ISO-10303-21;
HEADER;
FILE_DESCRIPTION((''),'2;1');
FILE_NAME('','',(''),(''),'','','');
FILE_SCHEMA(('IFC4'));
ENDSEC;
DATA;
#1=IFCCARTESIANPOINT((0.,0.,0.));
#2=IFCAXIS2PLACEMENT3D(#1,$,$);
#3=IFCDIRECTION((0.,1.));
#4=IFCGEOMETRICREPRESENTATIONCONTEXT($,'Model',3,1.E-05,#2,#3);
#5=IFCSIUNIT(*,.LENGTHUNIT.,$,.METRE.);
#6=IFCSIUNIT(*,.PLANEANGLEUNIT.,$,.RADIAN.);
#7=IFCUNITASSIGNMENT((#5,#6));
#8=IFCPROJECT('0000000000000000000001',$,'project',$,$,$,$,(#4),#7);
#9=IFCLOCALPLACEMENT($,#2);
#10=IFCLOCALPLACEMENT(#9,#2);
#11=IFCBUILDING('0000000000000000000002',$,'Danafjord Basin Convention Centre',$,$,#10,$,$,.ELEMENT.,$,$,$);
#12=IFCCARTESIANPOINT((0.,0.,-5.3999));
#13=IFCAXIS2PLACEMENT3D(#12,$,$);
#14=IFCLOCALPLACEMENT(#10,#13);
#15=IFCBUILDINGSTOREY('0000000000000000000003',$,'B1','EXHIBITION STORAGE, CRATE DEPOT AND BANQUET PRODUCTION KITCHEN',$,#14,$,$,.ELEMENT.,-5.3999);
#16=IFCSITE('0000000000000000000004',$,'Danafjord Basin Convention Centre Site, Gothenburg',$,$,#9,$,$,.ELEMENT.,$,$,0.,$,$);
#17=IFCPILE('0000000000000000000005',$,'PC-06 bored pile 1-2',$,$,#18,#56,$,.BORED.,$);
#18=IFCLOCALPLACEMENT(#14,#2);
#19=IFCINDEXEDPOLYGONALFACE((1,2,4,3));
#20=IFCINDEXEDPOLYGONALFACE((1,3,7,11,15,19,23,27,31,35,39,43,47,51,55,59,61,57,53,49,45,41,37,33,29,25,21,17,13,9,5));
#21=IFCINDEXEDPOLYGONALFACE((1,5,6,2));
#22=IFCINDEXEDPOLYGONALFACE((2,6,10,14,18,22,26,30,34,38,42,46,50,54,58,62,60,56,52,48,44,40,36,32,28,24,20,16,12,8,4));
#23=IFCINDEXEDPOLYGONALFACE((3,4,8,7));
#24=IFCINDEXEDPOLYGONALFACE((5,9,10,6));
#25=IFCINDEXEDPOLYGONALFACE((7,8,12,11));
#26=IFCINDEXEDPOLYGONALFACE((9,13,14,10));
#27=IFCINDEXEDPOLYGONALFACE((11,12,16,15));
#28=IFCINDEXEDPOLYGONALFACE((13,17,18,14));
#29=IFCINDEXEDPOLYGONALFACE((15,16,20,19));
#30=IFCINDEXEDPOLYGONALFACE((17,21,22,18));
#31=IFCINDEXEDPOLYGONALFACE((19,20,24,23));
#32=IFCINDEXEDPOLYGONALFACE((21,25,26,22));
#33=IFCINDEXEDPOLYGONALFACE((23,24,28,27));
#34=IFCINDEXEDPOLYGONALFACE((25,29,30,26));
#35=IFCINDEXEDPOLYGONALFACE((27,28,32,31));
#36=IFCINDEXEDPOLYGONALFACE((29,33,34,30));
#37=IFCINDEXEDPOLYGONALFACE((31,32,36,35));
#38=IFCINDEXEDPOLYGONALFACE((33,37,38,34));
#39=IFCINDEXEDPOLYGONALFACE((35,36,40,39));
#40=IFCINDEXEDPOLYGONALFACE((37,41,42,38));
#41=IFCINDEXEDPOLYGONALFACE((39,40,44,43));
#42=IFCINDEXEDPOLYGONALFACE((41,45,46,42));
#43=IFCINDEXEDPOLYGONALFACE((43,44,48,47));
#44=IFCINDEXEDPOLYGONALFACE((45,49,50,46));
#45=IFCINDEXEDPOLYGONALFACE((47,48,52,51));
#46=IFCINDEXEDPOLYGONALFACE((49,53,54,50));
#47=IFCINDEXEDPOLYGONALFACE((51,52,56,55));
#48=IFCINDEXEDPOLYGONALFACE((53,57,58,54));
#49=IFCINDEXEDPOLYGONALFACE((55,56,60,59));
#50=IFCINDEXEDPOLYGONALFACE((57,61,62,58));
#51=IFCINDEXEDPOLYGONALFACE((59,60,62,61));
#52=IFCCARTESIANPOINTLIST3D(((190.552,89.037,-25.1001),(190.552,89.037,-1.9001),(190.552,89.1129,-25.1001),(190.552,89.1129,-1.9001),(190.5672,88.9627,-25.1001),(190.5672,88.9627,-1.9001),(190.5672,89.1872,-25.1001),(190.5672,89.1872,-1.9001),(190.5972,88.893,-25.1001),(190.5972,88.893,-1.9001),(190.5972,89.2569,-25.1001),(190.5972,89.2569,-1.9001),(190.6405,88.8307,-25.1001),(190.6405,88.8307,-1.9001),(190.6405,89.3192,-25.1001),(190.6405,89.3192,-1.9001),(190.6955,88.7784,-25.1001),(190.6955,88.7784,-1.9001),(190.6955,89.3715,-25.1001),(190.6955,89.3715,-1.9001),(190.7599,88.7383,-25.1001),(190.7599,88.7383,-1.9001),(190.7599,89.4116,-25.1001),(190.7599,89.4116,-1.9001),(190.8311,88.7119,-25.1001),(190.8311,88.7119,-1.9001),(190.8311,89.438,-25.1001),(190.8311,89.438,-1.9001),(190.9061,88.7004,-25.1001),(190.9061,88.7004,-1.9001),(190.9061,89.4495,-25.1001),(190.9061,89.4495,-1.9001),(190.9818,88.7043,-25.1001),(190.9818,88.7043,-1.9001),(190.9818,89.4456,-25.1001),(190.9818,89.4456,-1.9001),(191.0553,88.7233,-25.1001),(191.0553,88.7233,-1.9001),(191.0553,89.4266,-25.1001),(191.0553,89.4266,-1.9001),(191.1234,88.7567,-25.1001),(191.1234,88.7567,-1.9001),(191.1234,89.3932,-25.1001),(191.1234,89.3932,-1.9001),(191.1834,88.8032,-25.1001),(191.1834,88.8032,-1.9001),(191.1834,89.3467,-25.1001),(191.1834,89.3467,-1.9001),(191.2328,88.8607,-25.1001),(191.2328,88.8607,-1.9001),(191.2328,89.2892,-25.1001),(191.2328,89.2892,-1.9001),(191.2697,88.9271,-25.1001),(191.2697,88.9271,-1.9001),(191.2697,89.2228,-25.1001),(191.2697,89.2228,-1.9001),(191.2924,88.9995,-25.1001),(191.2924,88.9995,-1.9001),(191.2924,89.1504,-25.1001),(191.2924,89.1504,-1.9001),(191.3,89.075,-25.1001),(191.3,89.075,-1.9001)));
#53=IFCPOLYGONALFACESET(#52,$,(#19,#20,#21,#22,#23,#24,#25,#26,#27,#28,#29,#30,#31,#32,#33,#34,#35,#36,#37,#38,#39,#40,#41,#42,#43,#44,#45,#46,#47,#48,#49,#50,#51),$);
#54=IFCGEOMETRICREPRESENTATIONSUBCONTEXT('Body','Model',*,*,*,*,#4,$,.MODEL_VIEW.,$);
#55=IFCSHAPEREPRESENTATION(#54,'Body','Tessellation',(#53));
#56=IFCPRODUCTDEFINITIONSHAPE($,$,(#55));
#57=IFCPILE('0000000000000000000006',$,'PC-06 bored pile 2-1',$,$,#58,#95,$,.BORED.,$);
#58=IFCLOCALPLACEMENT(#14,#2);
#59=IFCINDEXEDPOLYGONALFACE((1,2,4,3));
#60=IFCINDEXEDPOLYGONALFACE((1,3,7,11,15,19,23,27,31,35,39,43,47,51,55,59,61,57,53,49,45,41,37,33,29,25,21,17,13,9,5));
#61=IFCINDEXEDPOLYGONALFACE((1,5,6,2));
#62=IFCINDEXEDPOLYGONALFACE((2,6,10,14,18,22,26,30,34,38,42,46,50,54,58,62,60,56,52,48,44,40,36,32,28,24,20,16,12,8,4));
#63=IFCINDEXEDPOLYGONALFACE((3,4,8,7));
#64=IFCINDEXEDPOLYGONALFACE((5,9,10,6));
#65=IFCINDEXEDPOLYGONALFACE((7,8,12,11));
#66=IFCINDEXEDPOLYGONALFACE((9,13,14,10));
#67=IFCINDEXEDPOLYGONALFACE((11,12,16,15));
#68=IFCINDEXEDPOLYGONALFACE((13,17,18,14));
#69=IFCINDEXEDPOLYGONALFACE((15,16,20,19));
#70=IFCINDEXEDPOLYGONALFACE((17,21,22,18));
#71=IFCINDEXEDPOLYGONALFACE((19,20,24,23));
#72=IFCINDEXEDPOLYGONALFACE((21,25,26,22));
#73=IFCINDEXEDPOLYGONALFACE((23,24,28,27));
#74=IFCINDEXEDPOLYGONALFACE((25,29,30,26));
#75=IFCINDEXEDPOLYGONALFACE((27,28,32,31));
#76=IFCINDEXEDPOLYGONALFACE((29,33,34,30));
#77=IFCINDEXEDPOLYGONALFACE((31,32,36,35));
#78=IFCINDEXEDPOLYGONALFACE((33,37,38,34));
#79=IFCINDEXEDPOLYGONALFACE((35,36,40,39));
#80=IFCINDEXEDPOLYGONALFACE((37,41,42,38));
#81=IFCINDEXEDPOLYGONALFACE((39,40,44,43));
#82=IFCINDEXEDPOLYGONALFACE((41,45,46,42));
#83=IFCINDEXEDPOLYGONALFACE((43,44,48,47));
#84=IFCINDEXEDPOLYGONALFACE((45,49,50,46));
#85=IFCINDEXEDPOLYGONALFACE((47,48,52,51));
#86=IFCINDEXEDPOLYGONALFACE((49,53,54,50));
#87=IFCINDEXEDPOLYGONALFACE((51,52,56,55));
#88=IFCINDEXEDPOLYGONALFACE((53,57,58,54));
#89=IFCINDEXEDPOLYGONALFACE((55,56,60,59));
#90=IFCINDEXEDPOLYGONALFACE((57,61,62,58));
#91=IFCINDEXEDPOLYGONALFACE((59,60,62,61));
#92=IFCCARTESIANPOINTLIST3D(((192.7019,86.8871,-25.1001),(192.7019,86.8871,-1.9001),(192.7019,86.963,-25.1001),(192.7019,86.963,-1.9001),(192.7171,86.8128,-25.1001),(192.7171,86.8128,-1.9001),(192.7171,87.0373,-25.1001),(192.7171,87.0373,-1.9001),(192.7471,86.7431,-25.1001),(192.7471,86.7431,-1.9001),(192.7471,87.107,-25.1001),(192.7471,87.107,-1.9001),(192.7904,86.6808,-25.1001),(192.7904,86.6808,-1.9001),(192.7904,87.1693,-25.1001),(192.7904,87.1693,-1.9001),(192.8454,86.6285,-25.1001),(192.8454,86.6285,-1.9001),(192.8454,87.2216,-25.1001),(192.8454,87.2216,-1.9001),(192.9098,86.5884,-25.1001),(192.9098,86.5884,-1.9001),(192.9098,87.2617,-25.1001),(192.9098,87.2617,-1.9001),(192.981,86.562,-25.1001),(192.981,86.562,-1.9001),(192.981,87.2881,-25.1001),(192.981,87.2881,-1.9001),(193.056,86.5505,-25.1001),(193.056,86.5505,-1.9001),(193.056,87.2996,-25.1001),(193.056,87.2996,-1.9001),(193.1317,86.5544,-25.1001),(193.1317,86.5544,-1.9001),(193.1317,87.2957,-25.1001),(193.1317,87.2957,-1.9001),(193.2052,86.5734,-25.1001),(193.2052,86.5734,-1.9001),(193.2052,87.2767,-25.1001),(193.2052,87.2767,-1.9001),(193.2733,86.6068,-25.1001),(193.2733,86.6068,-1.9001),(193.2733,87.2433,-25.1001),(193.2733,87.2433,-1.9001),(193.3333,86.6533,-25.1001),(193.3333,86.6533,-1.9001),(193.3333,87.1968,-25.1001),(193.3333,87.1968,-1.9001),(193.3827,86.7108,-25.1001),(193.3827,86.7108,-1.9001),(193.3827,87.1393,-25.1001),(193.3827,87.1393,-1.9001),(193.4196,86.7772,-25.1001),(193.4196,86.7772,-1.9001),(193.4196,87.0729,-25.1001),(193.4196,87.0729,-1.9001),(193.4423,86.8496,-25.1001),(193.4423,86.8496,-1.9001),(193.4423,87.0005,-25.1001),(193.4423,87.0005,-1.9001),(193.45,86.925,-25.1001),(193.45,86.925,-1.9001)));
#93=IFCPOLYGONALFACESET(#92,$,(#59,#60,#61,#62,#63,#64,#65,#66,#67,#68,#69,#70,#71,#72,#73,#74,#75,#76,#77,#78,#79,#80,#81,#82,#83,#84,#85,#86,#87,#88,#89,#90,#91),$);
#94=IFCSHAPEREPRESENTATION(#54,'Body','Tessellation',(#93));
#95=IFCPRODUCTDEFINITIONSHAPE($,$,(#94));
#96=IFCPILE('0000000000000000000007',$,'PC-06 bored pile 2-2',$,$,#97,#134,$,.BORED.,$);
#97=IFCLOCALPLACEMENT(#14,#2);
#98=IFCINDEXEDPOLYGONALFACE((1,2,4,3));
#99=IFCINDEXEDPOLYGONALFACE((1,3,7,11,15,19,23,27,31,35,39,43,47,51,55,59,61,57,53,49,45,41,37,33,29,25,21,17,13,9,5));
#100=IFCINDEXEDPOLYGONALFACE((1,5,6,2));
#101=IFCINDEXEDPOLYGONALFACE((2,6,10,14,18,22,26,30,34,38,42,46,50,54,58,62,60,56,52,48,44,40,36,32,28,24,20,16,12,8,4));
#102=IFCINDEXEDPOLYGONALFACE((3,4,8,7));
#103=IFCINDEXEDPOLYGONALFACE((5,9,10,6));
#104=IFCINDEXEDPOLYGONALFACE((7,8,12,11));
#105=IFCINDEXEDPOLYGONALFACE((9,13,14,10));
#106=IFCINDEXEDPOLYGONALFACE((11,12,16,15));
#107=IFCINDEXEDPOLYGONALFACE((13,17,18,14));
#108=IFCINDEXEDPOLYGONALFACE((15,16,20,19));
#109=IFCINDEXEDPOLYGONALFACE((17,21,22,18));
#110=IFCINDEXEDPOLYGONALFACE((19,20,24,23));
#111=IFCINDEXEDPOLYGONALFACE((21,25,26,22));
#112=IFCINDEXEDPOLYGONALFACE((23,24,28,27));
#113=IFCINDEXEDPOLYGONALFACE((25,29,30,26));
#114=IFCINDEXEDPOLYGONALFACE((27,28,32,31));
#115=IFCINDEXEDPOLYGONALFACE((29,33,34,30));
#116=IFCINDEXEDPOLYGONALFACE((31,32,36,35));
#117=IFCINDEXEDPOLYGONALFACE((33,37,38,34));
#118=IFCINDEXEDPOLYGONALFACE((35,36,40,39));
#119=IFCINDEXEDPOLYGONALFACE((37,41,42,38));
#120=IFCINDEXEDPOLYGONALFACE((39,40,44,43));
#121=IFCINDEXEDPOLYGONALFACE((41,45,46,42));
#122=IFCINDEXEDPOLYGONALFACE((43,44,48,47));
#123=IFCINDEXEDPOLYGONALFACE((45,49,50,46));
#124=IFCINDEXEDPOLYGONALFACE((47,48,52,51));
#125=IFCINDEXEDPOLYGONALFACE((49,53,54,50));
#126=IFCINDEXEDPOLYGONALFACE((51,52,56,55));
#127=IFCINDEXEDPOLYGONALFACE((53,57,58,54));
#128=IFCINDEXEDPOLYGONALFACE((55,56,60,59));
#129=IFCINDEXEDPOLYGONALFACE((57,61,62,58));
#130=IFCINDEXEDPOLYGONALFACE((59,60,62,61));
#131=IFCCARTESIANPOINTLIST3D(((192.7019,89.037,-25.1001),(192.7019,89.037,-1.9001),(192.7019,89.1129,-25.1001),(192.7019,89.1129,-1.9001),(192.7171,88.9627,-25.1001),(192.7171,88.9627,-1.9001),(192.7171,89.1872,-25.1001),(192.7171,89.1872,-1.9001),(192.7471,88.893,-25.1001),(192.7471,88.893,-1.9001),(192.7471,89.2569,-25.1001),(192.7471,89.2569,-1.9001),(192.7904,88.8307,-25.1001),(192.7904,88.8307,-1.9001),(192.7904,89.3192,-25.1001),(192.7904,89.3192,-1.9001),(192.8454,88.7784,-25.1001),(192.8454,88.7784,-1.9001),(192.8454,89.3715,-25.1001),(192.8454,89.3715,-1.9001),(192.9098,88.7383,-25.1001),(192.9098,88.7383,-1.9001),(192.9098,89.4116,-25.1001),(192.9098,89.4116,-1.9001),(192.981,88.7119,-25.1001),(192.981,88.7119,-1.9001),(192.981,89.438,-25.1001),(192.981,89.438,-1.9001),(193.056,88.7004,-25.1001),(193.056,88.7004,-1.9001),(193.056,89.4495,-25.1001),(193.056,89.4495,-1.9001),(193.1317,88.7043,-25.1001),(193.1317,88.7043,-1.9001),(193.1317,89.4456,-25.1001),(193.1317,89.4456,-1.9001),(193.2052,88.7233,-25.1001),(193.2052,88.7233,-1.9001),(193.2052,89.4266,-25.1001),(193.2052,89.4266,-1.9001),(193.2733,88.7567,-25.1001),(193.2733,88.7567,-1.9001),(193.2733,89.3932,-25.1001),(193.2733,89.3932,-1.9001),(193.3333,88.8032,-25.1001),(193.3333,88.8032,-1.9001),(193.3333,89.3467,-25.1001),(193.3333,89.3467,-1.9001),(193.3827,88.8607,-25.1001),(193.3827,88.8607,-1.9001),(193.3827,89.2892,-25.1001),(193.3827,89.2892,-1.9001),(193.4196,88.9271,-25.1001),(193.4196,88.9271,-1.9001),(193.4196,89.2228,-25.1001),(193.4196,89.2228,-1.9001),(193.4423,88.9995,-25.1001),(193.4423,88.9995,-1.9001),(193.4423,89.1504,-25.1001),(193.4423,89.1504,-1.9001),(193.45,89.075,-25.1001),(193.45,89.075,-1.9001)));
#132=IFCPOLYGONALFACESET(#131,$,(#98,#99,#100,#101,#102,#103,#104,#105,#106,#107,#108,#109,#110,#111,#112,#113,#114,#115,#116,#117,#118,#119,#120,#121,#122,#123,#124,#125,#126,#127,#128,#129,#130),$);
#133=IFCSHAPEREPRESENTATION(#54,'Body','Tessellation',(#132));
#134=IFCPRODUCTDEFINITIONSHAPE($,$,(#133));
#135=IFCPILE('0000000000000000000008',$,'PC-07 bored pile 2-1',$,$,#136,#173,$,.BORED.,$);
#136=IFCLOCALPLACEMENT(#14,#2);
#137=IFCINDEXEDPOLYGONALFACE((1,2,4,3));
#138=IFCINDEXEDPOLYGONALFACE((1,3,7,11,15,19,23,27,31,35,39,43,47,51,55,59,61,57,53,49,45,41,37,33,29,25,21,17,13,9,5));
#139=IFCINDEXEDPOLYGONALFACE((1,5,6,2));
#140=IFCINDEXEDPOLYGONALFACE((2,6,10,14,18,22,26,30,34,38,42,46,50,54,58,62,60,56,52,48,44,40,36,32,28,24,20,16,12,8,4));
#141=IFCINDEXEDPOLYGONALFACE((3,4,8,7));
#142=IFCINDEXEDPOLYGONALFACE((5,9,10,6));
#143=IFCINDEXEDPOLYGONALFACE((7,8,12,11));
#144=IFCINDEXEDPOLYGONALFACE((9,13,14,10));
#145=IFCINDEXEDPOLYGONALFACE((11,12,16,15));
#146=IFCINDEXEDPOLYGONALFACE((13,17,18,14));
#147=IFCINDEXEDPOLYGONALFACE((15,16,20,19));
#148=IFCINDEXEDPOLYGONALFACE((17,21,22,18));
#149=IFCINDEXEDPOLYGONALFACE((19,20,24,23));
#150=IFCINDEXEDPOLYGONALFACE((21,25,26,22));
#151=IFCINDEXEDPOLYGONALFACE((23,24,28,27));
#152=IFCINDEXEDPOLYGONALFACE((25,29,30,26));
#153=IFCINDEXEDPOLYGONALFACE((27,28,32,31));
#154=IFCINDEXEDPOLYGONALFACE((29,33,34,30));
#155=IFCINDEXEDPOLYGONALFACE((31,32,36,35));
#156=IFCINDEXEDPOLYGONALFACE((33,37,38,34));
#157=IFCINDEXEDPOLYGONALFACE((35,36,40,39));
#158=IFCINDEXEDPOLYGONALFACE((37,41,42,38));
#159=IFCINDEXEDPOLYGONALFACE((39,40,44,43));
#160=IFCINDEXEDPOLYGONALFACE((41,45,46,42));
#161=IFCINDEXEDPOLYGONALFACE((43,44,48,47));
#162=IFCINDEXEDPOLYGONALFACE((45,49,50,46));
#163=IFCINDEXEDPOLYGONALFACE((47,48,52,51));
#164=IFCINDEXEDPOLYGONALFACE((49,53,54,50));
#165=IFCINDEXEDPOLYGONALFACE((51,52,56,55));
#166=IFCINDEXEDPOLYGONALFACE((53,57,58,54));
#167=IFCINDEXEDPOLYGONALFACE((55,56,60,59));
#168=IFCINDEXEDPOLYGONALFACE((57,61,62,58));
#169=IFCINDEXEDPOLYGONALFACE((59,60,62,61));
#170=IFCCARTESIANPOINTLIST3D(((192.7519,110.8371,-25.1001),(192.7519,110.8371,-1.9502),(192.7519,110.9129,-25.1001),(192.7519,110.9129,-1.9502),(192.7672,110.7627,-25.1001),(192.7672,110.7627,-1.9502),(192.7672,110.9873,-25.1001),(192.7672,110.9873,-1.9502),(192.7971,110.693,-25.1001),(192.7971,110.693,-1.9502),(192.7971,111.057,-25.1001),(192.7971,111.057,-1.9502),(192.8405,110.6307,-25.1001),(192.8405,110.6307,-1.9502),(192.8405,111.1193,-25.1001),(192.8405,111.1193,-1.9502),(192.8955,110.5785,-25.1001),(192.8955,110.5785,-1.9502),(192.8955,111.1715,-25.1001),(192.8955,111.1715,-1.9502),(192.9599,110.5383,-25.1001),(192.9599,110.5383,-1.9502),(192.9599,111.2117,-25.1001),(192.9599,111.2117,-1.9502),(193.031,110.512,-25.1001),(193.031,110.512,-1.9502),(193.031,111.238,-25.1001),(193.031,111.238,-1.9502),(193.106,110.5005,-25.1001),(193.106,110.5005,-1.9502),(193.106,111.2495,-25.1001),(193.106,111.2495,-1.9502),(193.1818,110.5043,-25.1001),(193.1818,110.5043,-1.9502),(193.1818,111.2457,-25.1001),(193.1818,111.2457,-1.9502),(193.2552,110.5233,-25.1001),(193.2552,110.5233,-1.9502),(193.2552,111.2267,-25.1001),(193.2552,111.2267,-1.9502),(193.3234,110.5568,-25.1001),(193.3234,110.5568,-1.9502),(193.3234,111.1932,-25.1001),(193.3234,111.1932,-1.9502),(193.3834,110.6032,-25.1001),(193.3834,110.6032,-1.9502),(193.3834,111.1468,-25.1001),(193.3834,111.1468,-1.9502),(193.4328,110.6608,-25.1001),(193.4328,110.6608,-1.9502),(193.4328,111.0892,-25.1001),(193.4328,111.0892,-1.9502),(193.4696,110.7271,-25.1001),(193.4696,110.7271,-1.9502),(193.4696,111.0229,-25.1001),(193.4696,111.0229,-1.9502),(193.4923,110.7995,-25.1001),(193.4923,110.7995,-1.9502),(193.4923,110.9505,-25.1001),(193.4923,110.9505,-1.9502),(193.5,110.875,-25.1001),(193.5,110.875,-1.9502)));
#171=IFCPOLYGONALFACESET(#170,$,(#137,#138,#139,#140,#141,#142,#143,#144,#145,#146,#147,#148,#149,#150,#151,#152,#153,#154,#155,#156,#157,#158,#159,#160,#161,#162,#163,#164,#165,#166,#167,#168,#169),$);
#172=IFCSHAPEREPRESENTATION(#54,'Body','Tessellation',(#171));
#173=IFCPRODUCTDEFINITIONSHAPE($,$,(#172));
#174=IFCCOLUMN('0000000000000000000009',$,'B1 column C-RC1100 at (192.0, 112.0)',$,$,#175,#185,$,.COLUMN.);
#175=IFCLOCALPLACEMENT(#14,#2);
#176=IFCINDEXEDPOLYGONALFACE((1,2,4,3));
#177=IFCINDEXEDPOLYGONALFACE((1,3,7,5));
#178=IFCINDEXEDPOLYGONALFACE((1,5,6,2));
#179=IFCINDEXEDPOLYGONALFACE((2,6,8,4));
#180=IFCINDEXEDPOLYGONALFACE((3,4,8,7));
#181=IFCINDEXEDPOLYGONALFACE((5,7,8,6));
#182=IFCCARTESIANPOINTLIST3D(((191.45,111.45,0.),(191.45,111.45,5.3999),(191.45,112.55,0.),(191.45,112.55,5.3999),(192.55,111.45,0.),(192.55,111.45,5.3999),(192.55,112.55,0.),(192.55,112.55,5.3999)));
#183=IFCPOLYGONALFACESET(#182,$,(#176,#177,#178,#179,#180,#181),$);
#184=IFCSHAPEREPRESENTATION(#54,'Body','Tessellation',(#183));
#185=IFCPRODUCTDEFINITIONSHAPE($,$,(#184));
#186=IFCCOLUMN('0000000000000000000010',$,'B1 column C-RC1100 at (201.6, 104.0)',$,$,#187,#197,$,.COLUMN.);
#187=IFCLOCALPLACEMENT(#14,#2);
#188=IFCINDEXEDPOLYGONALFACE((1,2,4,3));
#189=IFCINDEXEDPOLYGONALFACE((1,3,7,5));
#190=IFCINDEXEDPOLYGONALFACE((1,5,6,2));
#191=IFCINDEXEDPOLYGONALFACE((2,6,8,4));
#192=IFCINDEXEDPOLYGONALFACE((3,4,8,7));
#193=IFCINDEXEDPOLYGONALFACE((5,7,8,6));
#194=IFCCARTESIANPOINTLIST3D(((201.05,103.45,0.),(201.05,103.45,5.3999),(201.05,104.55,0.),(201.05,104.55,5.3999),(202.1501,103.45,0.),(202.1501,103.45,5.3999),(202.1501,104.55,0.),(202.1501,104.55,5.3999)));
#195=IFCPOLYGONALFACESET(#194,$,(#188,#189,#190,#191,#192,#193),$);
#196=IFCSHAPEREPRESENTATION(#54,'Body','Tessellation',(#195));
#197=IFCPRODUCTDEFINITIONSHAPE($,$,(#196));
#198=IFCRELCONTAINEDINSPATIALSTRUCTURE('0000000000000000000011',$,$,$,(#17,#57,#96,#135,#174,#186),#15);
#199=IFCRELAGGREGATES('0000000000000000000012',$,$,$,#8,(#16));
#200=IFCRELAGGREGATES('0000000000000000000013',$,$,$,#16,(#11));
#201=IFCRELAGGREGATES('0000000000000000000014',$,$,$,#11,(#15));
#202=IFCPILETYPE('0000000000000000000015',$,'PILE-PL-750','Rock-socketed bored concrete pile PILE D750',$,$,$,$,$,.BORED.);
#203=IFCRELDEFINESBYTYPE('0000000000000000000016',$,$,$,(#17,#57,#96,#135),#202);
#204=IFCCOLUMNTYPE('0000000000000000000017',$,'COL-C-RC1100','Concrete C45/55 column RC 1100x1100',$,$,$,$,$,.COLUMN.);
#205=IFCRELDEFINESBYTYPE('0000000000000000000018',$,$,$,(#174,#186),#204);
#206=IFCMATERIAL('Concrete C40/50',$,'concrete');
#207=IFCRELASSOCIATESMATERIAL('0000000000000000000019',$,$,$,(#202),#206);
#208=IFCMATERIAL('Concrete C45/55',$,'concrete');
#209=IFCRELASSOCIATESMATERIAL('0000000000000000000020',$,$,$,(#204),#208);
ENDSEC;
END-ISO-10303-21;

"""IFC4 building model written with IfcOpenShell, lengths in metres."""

from ifc_helpers import new_model, si_unit, direction, frame, origin, origin_2d, place, context, subcontext, project, spatial, rectangle, circle, extrude, material, material_profile, profile_set, type_object, element, save


model = new_model("IFC4")

# Units and contexts
model_context = context("Model", 3, precision=1e-05, world=origin(), true_north=direction((0.0, 1.0)))
body_context = subcontext(model_context, "Body", "Model", "MODEL_VIEW")
ifc_project = project(units=[si_unit("LENGTHUNIT", "METRE"), si_unit("PLANEANGLEUNIT", "RADIAN")], contexts=[model_context])

# Site, building, storey
site_placement = place(None, origin())
site = spatial("IfcSite", under=ifc_project, at=site_placement, Name="Danafjord Basin Convention Centre Site, Gothenburg", CompositionType="ELEMENT", RefElevation=0.0)
building_placement = place(site_placement, origin())
building = spatial("IfcBuilding", under=site, at=building_placement, Name="Danafjord Basin Convention Centre", CompositionType="ELEMENT")
storey_placement = place(building_placement, frame((0.0, 0.0, -5.3999)))
storey = spatial("IfcBuildingStorey", under=building, at=storey_placement, Name="B1", Description="EXHIBITION STORAGE, CRATE DEPOT AND BANQUET PRODUCTION KITCHEN", CompositionType="ELEMENT", Elevation=-5.3999)

# Shared definitions
ifc_material_1 = material(Name="Concrete C40/50", Category="concrete")

# Piles
ifc_material_profile_1 = material_profile(ifc_material_1, circle(Radius=0.375, at=origin_2d()), Name="PILE D750")
ifc_profile_set_1 = profile_set([ifc_material_profile_1], Name="Concrete C40/50")
pile_type_1 = type_object("IfcPileType", Name="PILE-PL-750", Description="Rock-socketed bored concrete pile PILE D750", PredefinedType="BORED", material=ifc_profile_set_1)
for number, where, z_axis, x_axis, name in (
    (1, (190.925, 89.075, -1.9001), (0.0, 0.0, -1.0), (1.0, 0.0, 0.0), "PC-06 bored pile 1-2"),
    (2, (193.075, 86.925, -1.9001), (0.0, 0.0, -1.0), (1.0, 0.0, 0.0), "PC-06 bored pile 2-1"),
    (3, (193.075, 89.075, -1.9001), (0.0, 0.0, -1.0), (1.0, 0.0, 0.0), "PC-06 bored pile 2-2"),
):
    element("IfcPile", number, at=place(storey_placement, frame(where, z_axis=z_axis, x_axis=x_axis)), inside=storey, type_object=pile_type_1, Name=name, PredefinedType="BORED", context=body_context, shape_type="SweptSolid", body=[
        extrude(circle(Radius=0.375, at=origin_2d()), origin(), (0.0, 0.0, 1.0), 23.2),
    ])
pile_placement = place(storey_placement, frame((193.125, 110.875, -1.9502), z_axis=(0.0, 0.0, -1.0), x_axis=(1.0, 0.0, 0.0)))
element("IfcPile", 4, at=pile_placement, inside=storey, type_object=pile_type_1, Name="PC-07 bored pile 2-1", PredefinedType="BORED", context=body_context, shape_type="SweptSolid", body=[
    extrude(circle(Radius=0.375, at=origin_2d()), origin(), (0.0, 0.0, 1.0), 23.1499),
])

# Columns
ifc_material_2 = material(Name="Concrete C45/55", Category="concrete")
ifc_material_profile_2 = material_profile(ifc_material_2, rectangle(XDim=1.1001, YDim=1.1001, at=origin_2d()), Name="RC 1100x1100")
ifc_profile_set_2 = profile_set([ifc_material_profile_2], Name="Concrete C45/55")
column_type_1 = type_object("IfcColumnType", Name="COL-C-RC1100", Description="Concrete C45/55 column RC 1100x1100", PredefinedType="COLUMN", material=ifc_profile_set_2)
for number, where, z_axis, x_axis, name in (
    (5, (192.0, 112.0, 0.0), (0.0, 0.0, 1.0), (1.0, 0.0, 0.0), "B1 column C-RC1100 at (192.0, 112.0)"),
    (6, (201.6001, 104.0, 0.0), (0.0, 0.0, 1.0), (1.0, 0.0, 0.0), "B1 column C-RC1100 at (201.6, 104.0)"),
):
    element("IfcColumn", number, at=place(storey_placement, frame(where, z_axis=z_axis, x_axis=x_axis)), inside=storey, type_object=column_type_1, Name=name, PredefinedType="COLUMN", context=body_context, shape_type="SweptSolid", body=[
        extrude(rectangle(XDim=1.1001, YDim=1.1001, at=origin_2d()), origin(), (0.0, 0.0, 1.0), 5.3999),
    ])

save(model, "model.ifc")
